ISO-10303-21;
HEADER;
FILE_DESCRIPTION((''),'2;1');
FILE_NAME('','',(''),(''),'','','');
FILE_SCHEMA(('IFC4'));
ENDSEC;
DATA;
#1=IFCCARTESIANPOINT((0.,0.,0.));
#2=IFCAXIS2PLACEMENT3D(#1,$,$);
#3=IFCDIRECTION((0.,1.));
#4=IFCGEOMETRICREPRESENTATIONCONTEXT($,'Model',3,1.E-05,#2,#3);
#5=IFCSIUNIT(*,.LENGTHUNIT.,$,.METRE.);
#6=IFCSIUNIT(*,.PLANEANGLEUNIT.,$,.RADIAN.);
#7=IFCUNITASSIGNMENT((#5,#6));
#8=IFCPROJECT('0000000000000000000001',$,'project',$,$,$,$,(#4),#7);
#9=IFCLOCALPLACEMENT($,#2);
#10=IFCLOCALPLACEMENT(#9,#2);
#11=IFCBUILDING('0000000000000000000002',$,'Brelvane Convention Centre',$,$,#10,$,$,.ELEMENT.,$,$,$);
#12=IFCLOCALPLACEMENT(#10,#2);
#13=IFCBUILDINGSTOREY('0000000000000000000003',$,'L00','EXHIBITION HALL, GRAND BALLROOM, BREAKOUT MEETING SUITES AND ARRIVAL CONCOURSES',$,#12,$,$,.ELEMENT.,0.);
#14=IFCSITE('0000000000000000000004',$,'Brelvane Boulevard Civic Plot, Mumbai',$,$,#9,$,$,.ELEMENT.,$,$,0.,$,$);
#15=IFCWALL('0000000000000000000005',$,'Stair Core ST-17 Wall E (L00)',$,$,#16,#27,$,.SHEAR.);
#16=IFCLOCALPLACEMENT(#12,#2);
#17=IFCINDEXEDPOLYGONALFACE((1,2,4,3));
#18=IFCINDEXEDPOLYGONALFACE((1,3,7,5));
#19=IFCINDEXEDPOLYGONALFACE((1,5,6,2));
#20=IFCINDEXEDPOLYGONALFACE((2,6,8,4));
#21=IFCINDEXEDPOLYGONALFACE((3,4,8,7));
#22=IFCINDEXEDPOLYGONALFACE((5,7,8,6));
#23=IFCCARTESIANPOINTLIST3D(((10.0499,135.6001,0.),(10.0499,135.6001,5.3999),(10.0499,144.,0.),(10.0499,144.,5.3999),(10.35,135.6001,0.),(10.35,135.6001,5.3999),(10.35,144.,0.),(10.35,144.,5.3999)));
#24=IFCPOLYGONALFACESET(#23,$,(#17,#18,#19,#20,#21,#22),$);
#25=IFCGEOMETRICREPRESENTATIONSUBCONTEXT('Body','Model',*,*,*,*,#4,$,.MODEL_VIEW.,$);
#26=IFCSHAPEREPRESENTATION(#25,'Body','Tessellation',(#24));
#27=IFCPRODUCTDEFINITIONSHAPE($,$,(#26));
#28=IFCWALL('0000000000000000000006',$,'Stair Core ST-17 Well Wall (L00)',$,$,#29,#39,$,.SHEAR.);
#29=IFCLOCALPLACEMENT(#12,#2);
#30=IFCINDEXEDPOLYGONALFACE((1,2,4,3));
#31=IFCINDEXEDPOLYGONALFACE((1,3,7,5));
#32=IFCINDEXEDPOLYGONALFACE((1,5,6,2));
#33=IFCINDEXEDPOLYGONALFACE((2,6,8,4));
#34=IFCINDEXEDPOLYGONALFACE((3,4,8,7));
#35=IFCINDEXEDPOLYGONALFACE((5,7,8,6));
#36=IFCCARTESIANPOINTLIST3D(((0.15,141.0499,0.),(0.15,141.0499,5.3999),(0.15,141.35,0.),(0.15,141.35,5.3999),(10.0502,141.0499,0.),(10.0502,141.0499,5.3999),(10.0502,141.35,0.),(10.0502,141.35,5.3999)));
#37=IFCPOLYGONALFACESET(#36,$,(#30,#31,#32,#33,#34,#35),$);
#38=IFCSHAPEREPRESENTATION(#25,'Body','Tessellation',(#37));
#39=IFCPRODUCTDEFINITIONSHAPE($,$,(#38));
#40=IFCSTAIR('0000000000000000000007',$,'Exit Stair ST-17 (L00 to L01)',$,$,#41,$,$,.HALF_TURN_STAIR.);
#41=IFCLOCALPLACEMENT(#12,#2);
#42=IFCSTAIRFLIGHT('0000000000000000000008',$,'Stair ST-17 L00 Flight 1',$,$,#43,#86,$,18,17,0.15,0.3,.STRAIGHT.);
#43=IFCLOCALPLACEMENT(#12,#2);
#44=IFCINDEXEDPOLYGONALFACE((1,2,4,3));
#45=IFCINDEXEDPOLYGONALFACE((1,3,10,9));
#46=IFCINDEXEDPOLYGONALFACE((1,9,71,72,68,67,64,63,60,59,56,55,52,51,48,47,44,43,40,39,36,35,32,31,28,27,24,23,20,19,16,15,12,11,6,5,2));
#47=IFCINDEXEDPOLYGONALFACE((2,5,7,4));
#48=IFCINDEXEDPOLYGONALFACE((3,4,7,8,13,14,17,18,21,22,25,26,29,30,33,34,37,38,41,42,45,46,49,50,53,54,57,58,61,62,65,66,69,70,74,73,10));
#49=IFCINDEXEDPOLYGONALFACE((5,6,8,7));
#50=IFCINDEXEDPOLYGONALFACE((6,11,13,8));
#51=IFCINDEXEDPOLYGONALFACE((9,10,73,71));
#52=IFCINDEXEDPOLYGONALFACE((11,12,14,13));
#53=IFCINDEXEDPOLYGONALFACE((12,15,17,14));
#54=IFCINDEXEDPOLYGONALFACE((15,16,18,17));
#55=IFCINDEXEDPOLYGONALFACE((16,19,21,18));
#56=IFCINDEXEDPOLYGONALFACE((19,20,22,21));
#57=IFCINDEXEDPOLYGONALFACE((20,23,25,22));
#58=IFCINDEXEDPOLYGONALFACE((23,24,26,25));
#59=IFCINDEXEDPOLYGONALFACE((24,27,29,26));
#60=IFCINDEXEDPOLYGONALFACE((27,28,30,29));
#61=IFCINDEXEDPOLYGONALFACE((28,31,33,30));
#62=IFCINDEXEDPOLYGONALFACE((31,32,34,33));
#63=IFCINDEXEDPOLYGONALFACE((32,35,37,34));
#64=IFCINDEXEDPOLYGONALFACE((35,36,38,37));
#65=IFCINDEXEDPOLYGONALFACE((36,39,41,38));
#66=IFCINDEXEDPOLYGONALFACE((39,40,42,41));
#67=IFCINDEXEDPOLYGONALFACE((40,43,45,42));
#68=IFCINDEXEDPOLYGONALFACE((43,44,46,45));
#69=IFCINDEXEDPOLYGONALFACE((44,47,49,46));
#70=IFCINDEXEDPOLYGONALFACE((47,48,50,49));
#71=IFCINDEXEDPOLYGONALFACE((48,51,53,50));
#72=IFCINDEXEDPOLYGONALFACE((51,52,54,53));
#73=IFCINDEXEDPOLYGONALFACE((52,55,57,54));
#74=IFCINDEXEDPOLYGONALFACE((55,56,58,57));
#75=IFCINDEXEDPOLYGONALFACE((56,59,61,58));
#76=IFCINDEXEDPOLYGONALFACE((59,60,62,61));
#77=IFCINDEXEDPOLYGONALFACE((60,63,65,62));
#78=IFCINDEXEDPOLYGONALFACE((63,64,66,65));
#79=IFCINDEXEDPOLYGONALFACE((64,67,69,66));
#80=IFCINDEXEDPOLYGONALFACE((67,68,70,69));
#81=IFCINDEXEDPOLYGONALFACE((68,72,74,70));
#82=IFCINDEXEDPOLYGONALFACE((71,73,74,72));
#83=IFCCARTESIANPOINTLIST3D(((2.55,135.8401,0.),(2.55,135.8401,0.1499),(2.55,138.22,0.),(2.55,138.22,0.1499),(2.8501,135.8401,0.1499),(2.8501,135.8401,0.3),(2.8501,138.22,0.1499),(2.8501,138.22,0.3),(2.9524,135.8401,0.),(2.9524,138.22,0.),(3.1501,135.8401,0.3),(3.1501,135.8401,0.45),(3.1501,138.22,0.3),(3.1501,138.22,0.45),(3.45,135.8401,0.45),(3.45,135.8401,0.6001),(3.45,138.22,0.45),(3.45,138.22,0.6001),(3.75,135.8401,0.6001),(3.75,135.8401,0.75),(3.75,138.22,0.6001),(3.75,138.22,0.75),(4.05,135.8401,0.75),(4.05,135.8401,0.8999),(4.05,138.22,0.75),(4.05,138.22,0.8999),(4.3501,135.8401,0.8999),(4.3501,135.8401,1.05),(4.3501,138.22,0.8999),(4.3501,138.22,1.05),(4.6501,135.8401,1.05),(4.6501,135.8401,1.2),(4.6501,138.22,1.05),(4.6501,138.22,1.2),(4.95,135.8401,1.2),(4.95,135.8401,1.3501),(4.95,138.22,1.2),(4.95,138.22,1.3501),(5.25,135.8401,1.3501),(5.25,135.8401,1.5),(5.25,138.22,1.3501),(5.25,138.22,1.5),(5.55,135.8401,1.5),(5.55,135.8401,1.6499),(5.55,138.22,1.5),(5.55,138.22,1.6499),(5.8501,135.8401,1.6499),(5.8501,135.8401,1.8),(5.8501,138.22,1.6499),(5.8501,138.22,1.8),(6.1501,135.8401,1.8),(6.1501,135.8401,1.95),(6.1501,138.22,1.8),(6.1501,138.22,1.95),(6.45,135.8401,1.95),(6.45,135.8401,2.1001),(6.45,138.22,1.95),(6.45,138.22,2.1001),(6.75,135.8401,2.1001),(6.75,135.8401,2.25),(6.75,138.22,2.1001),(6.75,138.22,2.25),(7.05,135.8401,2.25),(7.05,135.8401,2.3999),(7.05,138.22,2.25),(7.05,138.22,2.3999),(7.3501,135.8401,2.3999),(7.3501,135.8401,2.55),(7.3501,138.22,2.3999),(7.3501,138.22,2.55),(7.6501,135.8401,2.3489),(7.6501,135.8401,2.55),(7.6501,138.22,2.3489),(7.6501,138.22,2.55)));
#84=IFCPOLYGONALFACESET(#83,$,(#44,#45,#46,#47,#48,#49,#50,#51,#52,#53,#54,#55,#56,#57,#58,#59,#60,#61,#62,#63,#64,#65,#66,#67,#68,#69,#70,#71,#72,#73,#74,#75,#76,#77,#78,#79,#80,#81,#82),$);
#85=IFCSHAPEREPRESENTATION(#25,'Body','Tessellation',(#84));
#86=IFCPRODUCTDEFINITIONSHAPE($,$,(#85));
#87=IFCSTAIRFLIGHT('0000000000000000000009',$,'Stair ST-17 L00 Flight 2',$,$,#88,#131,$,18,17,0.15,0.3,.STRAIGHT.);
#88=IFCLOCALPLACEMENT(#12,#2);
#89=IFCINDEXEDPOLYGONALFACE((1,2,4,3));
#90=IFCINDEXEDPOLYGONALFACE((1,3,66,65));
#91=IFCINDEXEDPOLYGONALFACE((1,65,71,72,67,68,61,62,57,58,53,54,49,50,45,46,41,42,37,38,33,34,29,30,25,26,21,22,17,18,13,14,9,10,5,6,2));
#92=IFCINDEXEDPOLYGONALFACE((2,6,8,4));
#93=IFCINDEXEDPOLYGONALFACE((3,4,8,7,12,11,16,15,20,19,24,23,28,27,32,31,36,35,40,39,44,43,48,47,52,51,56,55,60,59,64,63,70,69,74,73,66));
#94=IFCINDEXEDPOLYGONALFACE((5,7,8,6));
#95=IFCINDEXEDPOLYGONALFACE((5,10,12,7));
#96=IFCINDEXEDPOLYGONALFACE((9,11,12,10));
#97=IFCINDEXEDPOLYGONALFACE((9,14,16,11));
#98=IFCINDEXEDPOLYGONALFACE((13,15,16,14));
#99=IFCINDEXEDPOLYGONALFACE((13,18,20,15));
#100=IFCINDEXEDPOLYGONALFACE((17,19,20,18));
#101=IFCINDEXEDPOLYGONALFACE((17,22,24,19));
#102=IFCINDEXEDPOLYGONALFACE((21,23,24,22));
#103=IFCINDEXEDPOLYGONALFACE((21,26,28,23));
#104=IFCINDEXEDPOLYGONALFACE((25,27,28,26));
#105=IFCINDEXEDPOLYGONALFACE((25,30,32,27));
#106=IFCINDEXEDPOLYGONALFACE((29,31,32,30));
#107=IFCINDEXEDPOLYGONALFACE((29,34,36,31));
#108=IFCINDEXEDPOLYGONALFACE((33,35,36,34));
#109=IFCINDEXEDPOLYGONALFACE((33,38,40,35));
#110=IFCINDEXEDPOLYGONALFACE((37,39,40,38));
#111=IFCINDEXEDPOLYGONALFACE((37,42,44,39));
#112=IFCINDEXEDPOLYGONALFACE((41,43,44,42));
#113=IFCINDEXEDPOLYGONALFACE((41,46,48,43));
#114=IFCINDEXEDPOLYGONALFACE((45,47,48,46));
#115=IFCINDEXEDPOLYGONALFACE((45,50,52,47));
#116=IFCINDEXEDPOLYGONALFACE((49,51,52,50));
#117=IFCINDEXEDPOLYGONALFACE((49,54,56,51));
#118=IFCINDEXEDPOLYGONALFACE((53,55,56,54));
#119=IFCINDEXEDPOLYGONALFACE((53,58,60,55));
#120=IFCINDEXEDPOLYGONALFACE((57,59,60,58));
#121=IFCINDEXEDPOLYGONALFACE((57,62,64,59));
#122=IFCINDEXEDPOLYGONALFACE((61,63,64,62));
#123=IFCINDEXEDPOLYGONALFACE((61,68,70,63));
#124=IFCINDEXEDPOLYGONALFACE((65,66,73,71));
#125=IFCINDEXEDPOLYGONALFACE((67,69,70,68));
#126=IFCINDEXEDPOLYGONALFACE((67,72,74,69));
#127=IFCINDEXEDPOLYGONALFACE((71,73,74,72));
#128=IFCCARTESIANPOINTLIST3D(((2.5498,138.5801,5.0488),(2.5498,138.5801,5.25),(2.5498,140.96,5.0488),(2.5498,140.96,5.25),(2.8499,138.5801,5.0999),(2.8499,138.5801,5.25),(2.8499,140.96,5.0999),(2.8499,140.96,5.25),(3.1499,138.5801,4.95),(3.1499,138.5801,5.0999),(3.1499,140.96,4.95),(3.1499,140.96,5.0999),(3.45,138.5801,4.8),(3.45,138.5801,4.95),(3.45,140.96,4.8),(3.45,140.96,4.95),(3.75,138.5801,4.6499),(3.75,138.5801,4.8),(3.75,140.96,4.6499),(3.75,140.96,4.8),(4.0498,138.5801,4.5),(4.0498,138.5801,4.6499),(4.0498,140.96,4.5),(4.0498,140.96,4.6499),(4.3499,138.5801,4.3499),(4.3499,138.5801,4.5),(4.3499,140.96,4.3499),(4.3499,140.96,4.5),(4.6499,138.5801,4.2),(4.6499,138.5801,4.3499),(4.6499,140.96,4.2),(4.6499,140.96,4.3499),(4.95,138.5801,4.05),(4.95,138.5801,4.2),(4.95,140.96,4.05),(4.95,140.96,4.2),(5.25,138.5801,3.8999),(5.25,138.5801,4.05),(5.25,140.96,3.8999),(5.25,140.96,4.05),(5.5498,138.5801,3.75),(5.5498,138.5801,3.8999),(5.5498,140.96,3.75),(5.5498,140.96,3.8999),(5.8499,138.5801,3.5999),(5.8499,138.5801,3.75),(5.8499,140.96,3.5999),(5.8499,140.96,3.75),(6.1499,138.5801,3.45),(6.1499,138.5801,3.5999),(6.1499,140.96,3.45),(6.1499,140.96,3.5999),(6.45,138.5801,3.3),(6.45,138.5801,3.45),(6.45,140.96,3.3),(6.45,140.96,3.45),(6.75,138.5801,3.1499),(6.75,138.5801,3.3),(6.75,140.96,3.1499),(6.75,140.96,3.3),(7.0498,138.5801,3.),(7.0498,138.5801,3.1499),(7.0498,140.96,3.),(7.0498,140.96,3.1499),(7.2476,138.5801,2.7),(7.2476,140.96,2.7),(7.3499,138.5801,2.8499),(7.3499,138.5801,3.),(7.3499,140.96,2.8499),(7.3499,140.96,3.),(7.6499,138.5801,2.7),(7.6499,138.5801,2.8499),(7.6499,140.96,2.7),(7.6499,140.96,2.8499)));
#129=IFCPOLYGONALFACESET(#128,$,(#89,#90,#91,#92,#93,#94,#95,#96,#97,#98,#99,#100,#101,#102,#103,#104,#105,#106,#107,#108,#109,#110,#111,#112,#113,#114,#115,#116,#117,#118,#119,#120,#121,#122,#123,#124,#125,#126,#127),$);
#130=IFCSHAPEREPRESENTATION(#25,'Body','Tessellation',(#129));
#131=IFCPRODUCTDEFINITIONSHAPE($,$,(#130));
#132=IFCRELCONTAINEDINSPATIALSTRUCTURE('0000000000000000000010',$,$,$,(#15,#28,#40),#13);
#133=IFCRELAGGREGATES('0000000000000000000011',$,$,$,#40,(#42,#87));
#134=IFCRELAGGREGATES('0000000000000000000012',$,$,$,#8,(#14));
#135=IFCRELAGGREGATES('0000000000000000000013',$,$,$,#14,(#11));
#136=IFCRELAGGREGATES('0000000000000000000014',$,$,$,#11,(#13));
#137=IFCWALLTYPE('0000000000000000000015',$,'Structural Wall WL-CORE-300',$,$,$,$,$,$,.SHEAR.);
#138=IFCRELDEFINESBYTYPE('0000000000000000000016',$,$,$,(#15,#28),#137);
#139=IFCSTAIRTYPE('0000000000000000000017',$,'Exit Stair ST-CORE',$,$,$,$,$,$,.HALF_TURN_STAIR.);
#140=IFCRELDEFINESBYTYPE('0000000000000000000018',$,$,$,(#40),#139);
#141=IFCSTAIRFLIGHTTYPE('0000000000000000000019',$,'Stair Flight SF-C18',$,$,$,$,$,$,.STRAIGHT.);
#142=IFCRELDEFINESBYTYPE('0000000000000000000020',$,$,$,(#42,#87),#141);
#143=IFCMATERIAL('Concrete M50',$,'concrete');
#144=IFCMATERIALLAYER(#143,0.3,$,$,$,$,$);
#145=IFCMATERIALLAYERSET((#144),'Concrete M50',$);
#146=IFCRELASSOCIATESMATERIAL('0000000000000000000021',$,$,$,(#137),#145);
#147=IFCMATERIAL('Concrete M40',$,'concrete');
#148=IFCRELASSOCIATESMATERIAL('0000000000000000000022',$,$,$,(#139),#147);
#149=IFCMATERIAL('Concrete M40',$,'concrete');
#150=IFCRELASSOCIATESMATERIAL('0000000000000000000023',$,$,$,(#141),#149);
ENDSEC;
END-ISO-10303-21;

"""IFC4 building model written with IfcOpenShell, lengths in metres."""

from ifc_helpers import new_model, si_unit, direction, frame, frame_2d, origin, place, context, subcontext, project, spatial, polyline, rectangle, outline, extrude, material, layer, layer_set, type_object, element, aggregate, save


model = new_model("IFC4")

# Units and contexts
model_context = context("Model", 3, precision=1e-05, world=origin(), true_north=direction((0.0, 1.0)))
body_context = subcontext(model_context, "Body", "Model", "MODEL_VIEW")
ifc_project = project(units=[si_unit("LENGTHUNIT", "METRE"), si_unit("PLANEANGLEUNIT", "RADIAN")], contexts=[model_context])

# Site, building, storey
site_placement = place(None, origin())
site = spatial("IfcSite", under=ifc_project, at=site_placement, Name="Brelvane Boulevard Civic Plot, Mumbai", CompositionType="ELEMENT", RefElevation=0.0)
building_placement = place(site_placement, origin())
building = spatial("IfcBuilding", under=site, at=building_placement, Name="Brelvane Convention Centre", CompositionType="ELEMENT")
storey_placement = place(building_placement, origin())
storey = spatial("IfcBuildingStorey", under=building, at=storey_placement, Name="L00", Description="EXHIBITION HALL, GRAND BALLROOM, BREAKOUT MEETING SUITES AND ARRIVAL CONCOURSES", CompositionType="ELEMENT", Elevation=0.0)

# Shared definitions
ifc_material_1 = material(Name="Concrete M50", Category="concrete")
ifc_layer = layer(ifc_material_1, 0.3)
ifc_layer_set = layer_set([ifc_layer], Name="Concrete M50")
wall_type = type_object("IfcWallType", Name="Structural Wall WL-CORE-300", PredefinedType="SHEAR", material=ifc_layer_set)

# Walls
for number, where, z_axis, x_axis, name in (
    (1, (10.2, 135.6001, 0.0), (0.0, 0.0, 1.0), (0.0, 1.0, 0.0), "Stair Core ST-17 Wall E (L00)"),
):
    element("IfcWall", number, at=place(storey_placement, frame(where, z_axis=z_axis, x_axis=x_axis)), inside=storey, type_object=wall_type, Name=name, PredefinedType="SHEAR", context=body_context, shape_type="SweptSolid", body=[
        extrude(rectangle(XDim=8.3999, YDim=0.3, at=frame_2d((4.2, 0.0))), origin(), (0.0, 0.0, 1.0), 5.3999),
    ])
wall_1_placement = place(storey_placement, frame((0.1499, 141.2, 0.0), z_axis=(0.0, 0.0, 1.0), x_axis=(1.0, 0.0, 0.0)))
element("IfcWall", 2, at=wall_1_placement, inside=storey, type_object=wall_type, Name="Stair Core ST-17 Well Wall (L00)", PredefinedType="SHEAR", context=body_context, shape_type="SweptSolid", body=[
    extrude(rectangle(XDim=9.9001, YDim=0.3, at=frame_2d((4.9502, 0.0))), origin(), (0.0, 0.0, 1.0), 5.3999),
])

# Stair, stair flights
ifc_material_2 = material(Name="Concrete M40", Category="concrete")
stair_type = type_object("IfcStairType", Name="Exit Stair ST-CORE", PredefinedType="HALF_TURN_STAIR", material=ifc_material_2)
stair_placement = place(storey_placement, origin())
stair = element("IfcStair", 3, at=stair_placement, inside=storey, type_object=stair_type, Name="Exit Stair ST-17 (L00 to L01)", PredefinedType="HALF_TURN_STAIR")
ifc_material_3 = material(Name="Concrete M40", Category="concrete")
stair_flight_type = type_object("IfcStairFlightType", Name="Stair Flight SF-C18", PredefinedType="STRAIGHT", material=ifc_material_3)
stair_flight_1_placement = place(storey_placement, frame((2.55, 137.03, 0.0), z_axis=(0.0, 0.0, 1.0), x_axis=(1.0, 0.0, 0.0)))
stair_flight_1 = element("IfcStairFlight", 4, at=stair_flight_1_placement, type_object=stair_flight_type, Name="Stair ST-17 L00 Flight 1", NumberOfRisers=18, NumberOfTreads=17, PredefinedType="STRAIGHT", RiserHeight=0.15, TreadLength=0.3, context=body_context, shape_type="SweptSolid", body=[
    extrude(outline(polyline([(0.0, 0.0), (0.0, 0.1499), (0.3, 0.1499), (0.3, 0.3), (0.6001, 0.3), (0.6001, 0.45), (0.8999, 0.45), (0.8999, 0.6001), (1.2, 0.6001), (1.2, 0.75), (1.5, 0.75), (1.5, 0.8999), (1.8, 0.8999), (1.8, 1.05), (2.1001, 1.05), (2.1001, 1.2), (2.3999, 1.2), (2.3999, 1.3501), (2.7, 1.3501), (2.7, 1.5), (3.0, 1.5), (3.0, 1.6499), (3.3, 1.6499), (3.3, 1.8), (3.6001, 1.8), (3.6001, 1.95), (3.8999, 1.95), (3.8999, 2.1001), (4.2, 2.1001), (4.2, 2.25), (4.5, 2.25), (4.5, 2.3999), (4.8, 2.3999), (4.8, 2.55), (5.1001, 2.55), (5.1001, 2.7), (5.1001, 2.3489), (0.4023, 0.0), (0.0, 0.0)])), frame((0.0, 1.1899, 0.0), z_axis=(0.0, -1.0, 0.0), x_axis=(1.0, 0.0, 0.0)), (0.0, 0.0, 1.0), 2.3799),
])
stair_flight_2_placement = place(storey_placement, frame((7.6499, 139.77, 2.7), z_axis=(0.0, 0.0, 1.0), x_axis=(-1.0, 0.0, 0.0)))
stair_flight_2 = element("IfcStairFlight", 5, at=stair_flight_2_placement, type_object=stair_flight_type, Name="Stair ST-17 L00 Flight 2", NumberOfRisers=18, NumberOfTreads=17, PredefinedType="STRAIGHT", RiserHeight=0.15, TreadLength=0.3, context=body_context, shape_type="SweptSolid", body=[
    extrude(outline(polyline([(0.0, 0.0), (0.0, 0.1499), (0.3, 0.1499), (0.3, 0.3), (0.6001, 0.3), (0.6001, 0.45), (0.8999, 0.45), (0.8999, 0.6001), (1.2, 0.6001), (1.2, 0.75), (1.5, 0.75), (1.5, 0.8999), (1.8, 0.8999), (1.8, 1.05), (2.1001, 1.05), (2.1001, 1.2), (2.3999, 1.2), (2.3999, 1.3501), (2.7, 1.3501), (2.7, 1.5), (3.0, 1.5), (3.0, 1.6499), (3.3, 1.6499), (3.3, 1.8), (3.6001, 1.8), (3.6001, 1.95), (3.8999, 1.95), (3.8999, 2.1001), (4.2, 2.1001), (4.2, 2.25), (4.5, 2.25), (4.5, 2.3999), (4.8, 2.3999), (4.8, 2.55), (5.1001, 2.55), (5.1001, 2.7), (5.1001, 2.3489), (0.4023, 0.0), (0.0, 0.0)])), frame((0.0, 1.1899, 0.0), z_axis=(0.0, -1.0, 0.0), x_axis=(1.0, 0.0, 0.0)), (0.0, 0.0, 1.0), 2.3799),
])
aggregate(stair, [stair_flight_1, stair_flight_2])

save(model, "model.ifc")
